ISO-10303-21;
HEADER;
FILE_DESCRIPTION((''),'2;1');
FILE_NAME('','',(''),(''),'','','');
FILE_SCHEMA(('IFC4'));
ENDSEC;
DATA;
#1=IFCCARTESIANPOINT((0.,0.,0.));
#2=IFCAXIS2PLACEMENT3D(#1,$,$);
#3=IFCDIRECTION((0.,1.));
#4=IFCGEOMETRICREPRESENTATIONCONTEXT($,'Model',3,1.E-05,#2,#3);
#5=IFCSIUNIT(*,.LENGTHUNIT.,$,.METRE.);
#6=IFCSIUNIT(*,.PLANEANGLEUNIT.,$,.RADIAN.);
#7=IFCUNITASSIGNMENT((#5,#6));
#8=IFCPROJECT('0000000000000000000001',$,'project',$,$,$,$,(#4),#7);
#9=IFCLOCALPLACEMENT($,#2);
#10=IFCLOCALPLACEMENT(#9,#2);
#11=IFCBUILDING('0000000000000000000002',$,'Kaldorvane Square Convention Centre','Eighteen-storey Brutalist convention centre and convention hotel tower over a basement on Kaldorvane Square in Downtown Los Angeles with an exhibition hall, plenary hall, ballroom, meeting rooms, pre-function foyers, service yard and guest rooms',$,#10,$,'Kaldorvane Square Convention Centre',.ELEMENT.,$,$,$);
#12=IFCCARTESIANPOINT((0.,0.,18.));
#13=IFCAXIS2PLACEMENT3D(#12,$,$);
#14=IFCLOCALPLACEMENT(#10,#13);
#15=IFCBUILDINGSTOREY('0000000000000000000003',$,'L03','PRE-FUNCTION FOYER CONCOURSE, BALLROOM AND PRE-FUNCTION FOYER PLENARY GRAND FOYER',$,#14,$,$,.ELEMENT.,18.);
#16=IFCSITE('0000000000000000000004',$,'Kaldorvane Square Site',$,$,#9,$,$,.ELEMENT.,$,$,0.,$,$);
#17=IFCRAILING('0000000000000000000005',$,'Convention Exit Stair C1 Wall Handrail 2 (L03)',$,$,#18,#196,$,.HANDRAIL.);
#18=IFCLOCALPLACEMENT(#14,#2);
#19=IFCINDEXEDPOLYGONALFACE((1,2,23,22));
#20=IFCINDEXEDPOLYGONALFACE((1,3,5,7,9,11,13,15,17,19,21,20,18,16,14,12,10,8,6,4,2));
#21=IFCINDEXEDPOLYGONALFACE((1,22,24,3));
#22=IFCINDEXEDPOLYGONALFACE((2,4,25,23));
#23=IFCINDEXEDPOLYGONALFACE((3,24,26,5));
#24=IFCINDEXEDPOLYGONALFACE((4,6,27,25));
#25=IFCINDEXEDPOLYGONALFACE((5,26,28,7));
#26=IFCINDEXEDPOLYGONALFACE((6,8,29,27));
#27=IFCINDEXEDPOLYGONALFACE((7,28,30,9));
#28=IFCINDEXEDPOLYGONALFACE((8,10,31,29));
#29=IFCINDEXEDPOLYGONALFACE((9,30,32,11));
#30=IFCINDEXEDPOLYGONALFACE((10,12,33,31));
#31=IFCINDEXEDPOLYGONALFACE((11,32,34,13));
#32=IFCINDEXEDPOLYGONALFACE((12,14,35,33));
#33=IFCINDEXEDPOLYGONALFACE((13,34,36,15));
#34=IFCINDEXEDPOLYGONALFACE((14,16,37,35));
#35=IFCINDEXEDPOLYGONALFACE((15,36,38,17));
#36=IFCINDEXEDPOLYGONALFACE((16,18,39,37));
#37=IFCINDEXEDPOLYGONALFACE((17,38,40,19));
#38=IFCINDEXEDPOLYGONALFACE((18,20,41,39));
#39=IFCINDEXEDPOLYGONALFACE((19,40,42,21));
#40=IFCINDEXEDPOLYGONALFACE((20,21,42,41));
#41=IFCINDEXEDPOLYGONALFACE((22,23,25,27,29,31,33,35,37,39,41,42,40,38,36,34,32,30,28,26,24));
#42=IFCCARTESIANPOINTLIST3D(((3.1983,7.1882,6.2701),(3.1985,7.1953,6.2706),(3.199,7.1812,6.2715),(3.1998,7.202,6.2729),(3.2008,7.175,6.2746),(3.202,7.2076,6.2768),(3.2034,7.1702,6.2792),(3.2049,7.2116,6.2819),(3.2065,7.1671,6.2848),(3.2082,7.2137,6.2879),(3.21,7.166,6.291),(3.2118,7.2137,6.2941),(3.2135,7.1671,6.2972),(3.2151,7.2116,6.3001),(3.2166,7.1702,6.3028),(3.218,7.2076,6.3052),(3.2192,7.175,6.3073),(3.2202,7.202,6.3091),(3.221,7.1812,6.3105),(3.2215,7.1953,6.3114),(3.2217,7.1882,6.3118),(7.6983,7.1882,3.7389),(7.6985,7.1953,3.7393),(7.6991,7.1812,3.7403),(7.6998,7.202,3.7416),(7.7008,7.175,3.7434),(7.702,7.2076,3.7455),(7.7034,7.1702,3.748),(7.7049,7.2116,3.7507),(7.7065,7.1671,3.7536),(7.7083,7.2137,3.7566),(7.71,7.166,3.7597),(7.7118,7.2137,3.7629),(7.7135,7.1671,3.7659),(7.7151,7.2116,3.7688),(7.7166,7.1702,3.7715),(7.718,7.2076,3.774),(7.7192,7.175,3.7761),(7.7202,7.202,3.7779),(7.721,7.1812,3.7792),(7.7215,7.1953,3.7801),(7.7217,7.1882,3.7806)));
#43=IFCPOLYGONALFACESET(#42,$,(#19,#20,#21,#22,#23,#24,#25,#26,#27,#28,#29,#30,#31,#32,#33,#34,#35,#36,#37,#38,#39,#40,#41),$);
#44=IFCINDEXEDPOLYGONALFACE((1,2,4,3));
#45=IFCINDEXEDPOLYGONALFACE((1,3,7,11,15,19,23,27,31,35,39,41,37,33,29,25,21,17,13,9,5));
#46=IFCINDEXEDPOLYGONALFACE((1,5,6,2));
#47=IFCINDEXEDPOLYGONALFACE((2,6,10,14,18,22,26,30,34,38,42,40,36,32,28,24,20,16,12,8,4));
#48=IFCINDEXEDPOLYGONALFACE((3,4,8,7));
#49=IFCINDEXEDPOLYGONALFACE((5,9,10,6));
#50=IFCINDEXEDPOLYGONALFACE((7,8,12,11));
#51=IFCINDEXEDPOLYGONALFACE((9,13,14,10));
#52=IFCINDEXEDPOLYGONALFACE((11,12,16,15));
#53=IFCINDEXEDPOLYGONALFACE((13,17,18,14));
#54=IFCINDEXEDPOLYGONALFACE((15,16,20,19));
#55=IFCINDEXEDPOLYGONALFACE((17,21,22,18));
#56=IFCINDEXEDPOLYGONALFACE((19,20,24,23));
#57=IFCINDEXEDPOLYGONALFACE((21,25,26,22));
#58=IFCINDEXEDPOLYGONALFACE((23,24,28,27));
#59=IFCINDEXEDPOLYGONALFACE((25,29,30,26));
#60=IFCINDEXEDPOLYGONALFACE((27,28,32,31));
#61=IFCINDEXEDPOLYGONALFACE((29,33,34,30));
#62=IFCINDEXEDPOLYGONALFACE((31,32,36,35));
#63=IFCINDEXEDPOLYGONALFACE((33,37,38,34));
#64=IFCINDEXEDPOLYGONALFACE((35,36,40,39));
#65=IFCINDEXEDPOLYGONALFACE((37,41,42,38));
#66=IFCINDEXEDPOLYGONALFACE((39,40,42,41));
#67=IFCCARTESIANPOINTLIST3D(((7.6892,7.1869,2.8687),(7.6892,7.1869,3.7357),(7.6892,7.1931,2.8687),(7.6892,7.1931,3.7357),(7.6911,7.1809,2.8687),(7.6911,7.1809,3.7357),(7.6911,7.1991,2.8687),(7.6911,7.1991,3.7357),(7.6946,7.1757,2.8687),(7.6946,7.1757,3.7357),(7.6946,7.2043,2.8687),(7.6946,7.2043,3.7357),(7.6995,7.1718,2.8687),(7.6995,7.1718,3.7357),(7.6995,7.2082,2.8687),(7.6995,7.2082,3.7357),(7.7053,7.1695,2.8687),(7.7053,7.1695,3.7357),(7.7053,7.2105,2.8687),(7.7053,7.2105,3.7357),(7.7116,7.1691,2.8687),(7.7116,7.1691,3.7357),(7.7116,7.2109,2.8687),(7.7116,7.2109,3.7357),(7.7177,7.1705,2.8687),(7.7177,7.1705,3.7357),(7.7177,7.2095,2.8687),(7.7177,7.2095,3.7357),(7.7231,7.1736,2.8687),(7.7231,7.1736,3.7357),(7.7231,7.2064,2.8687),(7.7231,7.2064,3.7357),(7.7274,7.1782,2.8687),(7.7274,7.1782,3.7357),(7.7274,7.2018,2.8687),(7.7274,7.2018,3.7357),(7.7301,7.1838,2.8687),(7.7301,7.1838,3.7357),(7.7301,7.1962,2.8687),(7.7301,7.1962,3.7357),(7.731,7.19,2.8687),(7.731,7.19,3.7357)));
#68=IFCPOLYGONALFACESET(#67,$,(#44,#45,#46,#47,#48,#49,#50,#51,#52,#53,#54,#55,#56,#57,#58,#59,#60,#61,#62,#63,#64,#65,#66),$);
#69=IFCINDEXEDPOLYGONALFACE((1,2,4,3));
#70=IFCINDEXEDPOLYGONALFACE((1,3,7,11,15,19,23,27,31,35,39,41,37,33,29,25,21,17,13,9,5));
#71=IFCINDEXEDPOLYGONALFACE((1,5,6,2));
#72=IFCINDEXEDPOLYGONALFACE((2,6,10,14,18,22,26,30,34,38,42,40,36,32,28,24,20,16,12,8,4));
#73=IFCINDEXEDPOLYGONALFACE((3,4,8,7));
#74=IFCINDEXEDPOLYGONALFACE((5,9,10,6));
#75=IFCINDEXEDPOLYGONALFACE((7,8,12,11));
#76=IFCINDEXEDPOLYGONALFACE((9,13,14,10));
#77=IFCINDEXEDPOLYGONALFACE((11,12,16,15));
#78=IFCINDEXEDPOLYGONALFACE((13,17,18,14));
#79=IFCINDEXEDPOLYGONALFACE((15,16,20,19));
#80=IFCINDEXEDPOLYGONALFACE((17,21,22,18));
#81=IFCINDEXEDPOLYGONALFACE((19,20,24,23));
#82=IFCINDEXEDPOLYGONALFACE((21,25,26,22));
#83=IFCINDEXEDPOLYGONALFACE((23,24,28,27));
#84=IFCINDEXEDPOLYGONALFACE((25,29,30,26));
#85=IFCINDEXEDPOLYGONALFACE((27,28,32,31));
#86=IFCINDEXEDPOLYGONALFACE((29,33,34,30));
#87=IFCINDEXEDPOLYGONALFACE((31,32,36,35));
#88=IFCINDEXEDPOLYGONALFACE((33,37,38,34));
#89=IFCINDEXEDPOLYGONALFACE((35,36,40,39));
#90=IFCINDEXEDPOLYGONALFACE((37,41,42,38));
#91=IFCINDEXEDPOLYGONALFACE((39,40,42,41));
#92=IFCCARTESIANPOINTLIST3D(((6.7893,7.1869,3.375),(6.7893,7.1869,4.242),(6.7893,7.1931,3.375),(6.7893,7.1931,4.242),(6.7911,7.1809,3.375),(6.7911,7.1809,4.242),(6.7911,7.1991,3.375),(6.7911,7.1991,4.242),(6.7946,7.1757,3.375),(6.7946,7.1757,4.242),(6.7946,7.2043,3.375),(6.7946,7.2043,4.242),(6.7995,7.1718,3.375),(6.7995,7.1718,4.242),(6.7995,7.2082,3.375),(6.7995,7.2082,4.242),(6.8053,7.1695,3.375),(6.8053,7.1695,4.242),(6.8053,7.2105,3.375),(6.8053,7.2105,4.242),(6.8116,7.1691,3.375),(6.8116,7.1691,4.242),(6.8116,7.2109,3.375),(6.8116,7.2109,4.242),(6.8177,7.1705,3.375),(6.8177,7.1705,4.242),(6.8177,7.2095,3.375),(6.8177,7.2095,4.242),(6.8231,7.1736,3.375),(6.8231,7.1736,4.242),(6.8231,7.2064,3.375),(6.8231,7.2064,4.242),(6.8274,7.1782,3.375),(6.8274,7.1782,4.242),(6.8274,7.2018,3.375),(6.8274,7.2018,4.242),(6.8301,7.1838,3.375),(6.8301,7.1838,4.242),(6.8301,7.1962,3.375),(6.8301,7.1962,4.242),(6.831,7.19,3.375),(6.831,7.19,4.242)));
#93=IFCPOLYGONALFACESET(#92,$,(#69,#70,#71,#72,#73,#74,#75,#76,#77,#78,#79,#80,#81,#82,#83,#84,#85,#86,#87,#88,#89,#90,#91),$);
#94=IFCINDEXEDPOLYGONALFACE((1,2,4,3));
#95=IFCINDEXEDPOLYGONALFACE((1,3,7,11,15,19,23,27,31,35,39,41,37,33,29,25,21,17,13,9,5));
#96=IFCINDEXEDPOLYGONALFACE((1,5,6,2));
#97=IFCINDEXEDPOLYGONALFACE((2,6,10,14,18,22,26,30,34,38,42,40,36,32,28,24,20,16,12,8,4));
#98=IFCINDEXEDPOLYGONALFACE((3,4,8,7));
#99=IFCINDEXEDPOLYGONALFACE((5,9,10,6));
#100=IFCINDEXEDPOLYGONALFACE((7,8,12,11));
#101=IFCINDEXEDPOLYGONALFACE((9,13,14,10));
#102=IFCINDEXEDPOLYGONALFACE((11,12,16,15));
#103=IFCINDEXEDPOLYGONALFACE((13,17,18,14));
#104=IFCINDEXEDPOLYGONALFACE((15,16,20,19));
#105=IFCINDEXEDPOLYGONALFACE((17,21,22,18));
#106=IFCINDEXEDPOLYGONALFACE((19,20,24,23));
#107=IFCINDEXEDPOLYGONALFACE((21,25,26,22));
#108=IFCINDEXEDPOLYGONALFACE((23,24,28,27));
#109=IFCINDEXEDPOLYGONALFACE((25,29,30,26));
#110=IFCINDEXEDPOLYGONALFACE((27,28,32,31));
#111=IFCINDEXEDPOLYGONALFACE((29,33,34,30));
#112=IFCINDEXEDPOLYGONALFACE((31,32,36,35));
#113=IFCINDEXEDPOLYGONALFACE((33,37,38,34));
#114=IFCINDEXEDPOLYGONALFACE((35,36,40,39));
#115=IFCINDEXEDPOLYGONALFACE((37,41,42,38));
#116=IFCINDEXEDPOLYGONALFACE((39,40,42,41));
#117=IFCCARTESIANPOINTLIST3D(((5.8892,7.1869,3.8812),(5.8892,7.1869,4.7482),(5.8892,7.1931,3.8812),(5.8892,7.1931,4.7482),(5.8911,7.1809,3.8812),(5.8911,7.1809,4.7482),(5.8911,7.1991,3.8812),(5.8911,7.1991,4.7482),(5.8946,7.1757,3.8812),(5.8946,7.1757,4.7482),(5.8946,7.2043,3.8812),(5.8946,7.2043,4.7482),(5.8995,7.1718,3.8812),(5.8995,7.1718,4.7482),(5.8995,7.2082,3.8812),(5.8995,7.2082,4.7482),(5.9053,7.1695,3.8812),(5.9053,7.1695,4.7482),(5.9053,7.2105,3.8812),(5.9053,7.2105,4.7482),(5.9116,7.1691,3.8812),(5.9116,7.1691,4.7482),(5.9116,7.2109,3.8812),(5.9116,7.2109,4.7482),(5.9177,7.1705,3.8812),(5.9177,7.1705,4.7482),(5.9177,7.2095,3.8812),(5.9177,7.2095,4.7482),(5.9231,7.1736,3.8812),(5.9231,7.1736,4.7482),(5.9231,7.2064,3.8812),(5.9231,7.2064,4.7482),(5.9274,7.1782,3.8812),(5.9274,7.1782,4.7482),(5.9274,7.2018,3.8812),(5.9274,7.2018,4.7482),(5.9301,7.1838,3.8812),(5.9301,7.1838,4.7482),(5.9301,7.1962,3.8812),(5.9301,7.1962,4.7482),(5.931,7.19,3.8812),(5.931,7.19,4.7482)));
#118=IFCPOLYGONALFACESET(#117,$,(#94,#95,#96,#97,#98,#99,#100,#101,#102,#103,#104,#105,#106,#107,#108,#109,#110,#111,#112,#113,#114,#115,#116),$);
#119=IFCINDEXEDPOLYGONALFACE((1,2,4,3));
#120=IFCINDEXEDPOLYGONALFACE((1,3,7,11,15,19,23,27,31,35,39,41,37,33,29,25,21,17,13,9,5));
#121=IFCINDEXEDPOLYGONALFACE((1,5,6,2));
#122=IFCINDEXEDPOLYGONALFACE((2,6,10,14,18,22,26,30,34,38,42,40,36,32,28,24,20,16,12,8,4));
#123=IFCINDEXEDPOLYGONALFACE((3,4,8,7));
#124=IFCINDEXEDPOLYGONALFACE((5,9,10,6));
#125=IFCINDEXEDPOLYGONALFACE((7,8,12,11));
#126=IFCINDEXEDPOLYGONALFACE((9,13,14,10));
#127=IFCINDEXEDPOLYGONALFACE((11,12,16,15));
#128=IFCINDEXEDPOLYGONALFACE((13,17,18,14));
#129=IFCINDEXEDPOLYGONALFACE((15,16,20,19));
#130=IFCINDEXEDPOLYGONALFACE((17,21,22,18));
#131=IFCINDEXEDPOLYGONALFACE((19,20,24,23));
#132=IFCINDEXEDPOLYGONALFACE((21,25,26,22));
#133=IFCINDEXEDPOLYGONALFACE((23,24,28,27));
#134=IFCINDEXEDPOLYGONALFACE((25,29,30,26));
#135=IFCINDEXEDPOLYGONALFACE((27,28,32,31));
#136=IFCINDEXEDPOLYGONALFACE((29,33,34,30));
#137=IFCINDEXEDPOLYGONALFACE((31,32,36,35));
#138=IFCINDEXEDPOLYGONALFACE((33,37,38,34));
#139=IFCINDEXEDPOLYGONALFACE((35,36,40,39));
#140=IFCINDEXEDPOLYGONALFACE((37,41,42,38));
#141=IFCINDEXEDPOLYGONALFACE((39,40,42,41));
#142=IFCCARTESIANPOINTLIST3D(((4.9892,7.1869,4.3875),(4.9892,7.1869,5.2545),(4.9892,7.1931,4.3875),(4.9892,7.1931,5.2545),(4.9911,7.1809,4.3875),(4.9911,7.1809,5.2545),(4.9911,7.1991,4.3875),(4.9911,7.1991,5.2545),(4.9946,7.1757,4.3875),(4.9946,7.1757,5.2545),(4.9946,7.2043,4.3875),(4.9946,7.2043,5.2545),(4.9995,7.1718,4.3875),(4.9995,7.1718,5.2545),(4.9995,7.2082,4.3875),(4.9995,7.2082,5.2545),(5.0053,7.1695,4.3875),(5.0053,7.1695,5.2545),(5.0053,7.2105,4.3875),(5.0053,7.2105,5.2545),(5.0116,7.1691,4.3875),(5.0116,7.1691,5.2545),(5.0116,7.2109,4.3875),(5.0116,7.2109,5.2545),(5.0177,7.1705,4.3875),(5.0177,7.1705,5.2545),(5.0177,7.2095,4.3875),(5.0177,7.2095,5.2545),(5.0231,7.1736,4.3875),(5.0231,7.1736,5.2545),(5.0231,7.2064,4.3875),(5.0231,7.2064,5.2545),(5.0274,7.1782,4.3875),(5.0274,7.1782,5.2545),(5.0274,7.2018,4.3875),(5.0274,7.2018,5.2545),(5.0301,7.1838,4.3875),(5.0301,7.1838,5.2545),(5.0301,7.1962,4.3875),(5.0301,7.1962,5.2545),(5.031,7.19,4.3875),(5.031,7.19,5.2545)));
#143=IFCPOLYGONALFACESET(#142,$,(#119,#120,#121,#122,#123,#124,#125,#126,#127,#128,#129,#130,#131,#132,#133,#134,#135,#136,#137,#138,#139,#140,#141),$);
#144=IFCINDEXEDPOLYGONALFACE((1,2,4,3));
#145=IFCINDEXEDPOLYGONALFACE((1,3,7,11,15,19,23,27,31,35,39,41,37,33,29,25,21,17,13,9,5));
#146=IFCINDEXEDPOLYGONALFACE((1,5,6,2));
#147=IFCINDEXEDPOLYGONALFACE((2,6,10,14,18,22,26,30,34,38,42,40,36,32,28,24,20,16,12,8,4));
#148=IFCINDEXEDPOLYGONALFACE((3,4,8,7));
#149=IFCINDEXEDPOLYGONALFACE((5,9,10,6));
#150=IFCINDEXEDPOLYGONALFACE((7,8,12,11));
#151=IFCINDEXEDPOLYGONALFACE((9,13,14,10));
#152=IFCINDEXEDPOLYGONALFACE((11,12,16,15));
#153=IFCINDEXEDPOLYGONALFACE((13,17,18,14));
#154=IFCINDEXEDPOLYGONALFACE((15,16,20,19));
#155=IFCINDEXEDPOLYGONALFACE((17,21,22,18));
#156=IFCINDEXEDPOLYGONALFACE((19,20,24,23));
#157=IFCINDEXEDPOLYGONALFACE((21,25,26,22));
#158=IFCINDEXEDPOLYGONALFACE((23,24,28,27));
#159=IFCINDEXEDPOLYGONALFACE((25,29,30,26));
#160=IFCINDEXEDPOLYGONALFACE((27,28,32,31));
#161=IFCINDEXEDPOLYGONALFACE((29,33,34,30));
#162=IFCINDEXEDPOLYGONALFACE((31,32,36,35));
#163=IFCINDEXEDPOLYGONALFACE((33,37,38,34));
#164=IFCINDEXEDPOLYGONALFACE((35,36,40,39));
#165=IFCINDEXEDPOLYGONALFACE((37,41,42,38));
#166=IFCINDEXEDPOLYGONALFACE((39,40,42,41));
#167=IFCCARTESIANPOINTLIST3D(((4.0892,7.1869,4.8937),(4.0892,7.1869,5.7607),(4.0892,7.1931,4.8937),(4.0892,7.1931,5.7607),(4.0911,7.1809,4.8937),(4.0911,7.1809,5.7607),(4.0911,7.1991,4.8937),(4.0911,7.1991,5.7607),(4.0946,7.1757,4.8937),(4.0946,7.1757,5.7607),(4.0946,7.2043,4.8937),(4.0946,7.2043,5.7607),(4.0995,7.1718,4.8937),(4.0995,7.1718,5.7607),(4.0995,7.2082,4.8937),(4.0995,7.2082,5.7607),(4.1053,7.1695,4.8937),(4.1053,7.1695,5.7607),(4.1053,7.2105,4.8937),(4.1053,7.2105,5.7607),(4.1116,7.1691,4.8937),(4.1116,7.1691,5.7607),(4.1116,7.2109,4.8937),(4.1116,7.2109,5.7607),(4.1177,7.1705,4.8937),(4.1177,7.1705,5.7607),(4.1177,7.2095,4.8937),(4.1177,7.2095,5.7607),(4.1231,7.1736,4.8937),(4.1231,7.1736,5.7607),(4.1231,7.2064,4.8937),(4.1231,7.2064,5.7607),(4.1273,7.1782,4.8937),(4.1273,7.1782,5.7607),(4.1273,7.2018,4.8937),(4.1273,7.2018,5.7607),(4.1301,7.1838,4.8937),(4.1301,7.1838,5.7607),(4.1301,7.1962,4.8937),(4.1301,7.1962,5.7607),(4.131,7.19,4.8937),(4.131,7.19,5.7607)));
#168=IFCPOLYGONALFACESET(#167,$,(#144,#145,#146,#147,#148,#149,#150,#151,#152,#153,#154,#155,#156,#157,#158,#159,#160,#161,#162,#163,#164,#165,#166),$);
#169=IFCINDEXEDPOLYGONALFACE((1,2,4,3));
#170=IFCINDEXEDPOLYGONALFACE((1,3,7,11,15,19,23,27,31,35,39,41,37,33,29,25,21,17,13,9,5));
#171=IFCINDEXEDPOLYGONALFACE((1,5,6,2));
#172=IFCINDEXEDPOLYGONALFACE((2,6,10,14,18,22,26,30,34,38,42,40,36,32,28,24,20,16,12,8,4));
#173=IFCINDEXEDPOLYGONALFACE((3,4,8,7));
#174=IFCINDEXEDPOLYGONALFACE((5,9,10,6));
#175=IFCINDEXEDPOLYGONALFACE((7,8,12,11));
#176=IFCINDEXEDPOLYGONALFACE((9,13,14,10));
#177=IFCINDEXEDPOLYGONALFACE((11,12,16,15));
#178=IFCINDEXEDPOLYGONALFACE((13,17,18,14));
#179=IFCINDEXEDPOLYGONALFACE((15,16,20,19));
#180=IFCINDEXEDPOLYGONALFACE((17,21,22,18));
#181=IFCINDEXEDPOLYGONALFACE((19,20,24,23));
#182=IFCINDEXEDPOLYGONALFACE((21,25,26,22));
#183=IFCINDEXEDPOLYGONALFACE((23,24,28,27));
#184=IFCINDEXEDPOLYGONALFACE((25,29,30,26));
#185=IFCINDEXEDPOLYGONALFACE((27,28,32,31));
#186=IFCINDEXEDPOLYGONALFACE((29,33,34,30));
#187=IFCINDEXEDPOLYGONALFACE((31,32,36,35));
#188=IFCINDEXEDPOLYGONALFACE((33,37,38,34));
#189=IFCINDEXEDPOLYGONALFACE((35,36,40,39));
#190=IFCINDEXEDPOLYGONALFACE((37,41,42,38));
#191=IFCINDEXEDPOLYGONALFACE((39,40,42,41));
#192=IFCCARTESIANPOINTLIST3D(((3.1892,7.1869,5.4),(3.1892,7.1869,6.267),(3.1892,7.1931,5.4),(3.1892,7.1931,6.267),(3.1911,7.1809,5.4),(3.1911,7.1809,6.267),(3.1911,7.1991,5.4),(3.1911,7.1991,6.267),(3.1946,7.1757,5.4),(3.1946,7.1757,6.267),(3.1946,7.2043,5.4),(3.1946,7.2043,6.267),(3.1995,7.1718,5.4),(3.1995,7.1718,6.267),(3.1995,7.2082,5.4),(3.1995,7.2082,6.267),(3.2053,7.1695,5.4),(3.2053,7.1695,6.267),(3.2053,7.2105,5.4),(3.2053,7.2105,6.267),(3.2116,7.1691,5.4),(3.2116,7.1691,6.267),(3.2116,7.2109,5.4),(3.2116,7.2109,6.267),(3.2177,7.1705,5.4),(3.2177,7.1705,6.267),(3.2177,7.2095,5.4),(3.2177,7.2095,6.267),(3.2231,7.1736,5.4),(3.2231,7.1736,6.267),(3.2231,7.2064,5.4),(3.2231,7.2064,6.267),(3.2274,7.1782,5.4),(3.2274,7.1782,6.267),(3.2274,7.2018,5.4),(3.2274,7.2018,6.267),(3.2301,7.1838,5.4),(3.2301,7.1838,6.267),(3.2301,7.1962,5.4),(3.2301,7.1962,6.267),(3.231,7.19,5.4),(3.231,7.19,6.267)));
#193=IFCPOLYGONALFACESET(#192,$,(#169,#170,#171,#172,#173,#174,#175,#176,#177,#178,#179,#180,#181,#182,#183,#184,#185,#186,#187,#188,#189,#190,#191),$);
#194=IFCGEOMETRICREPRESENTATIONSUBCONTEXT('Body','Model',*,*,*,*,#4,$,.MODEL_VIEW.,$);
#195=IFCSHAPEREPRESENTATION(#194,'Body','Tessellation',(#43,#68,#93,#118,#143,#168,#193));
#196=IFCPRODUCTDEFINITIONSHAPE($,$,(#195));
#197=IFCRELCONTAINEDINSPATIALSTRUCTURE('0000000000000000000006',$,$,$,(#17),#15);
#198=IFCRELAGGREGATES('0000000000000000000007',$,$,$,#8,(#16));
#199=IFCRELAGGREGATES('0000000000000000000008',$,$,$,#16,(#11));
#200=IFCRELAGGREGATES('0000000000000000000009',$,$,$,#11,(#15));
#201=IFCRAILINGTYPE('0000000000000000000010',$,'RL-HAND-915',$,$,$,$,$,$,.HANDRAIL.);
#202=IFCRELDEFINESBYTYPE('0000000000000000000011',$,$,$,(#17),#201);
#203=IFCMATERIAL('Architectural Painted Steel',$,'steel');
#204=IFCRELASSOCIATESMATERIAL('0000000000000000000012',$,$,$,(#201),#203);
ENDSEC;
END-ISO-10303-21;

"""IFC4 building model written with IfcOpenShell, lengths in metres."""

from ifc_helpers import new_model, si_unit, direction, frame, origin, origin_2d, place, context, subcontext, project, spatial, circle, extrude, material, type_object, element, save


model = new_model("IFC4")

# Units and contexts
model_context = context("Model", 3, precision=1e-05, world=origin(), true_north=direction((0.0, 1.0)))
body_context = subcontext(model_context, "Body", "Model", "MODEL_VIEW")
ifc_project = project(units=[si_unit("LENGTHUNIT", "METRE"), si_unit("PLANEANGLEUNIT", "RADIAN")], contexts=[model_context])

# Site, building, storey
site_placement = place(None, origin())
site = spatial("IfcSite", under=ifc_project, at=site_placement, Name="Kaldorvane Square Site", CompositionType="ELEMENT", RefElevation=0.0)
building_placement = place(site_placement, origin())
building = spatial("IfcBuilding", under=site, at=building_placement, Name="Kaldorvane Square Convention Centre", Description="Eighteen-storey Brutalist convention centre and convention hotel tower over a basement on Kaldorvane Square in Downtown Los Angeles with an exhibition hall, plenary hall, ballroom, meeting rooms, pre-function foyers, service yard and guest rooms", LongName="Kaldorvane Square Convention Centre", CompositionType="ELEMENT")
storey_placement = place(building_placement, frame((0.0, 0.0, 18.0)))
storey = spatial("IfcBuildingStorey", under=building, at=storey_placement, Name="L03", Description="PRE-FUNCTION FOYER CONCOURSE, BALLROOM AND PRE-FUNCTION FOYER PLENARY GRAND FOYER", CompositionType="ELEMENT", Elevation=18.0)

# Railing
ifc_material_1 = material(Name="Architectural Painted Steel", Category="steel")
railing_type_1 = type_object("IfcRailingType", Name="RL-HAND-915", PredefinedType="HANDRAIL", material=ifc_material_1)
railing_1_placement = place(storey_placement, frame((7.71, 7.19, 2.8687)))
element("IfcRailing", 1, at=railing_1_placement, inside=storey, type_object=railing_type_1, Name="Convention Exit Stair C1 Wall Handrail 2 (L03)", PredefinedType="HANDRAIL", context=body_context, shape_type="SweptSolid", body=[
    extrude(circle(Radius=0.024, at=origin_2d()), frame((0.0, 0.0, 0.891), z_axis=(-0.871576, 0.0, 0.490261), x_axis=(0.0, -1.0, 0.0)), (0.0, 0.0, 1.0), 5.1631),
    extrude(circle(Radius=0.021, at=origin_2d()), origin(), (0.0, 0.0, 1.0), 0.867),
    extrude(circle(Radius=0.021, at=origin_2d()), frame((-0.9, 0.0, 0.5063)), (0.0, 0.0, 1.0), 0.867),
    extrude(circle(Radius=0.021, at=origin_2d()), frame((-1.8, 0.0, 1.0125)), (0.0, 0.0, 1.0), 0.867),
    extrude(circle(Radius=0.021, at=origin_2d()), frame((-2.7, 0.0, 1.5188)), (0.0, 0.0, 1.0), 0.867),
    extrude(circle(Radius=0.021, at=origin_2d()), frame((-3.6, 0.0, 2.025)), (0.0, 0.0, 1.0), 0.867),
    extrude(circle(Radius=0.021, at=origin_2d()), frame((-4.5, 0.0, 2.5312)), (0.0, 0.0, 1.0), 0.867),
])

save(model, "model.ifc")
